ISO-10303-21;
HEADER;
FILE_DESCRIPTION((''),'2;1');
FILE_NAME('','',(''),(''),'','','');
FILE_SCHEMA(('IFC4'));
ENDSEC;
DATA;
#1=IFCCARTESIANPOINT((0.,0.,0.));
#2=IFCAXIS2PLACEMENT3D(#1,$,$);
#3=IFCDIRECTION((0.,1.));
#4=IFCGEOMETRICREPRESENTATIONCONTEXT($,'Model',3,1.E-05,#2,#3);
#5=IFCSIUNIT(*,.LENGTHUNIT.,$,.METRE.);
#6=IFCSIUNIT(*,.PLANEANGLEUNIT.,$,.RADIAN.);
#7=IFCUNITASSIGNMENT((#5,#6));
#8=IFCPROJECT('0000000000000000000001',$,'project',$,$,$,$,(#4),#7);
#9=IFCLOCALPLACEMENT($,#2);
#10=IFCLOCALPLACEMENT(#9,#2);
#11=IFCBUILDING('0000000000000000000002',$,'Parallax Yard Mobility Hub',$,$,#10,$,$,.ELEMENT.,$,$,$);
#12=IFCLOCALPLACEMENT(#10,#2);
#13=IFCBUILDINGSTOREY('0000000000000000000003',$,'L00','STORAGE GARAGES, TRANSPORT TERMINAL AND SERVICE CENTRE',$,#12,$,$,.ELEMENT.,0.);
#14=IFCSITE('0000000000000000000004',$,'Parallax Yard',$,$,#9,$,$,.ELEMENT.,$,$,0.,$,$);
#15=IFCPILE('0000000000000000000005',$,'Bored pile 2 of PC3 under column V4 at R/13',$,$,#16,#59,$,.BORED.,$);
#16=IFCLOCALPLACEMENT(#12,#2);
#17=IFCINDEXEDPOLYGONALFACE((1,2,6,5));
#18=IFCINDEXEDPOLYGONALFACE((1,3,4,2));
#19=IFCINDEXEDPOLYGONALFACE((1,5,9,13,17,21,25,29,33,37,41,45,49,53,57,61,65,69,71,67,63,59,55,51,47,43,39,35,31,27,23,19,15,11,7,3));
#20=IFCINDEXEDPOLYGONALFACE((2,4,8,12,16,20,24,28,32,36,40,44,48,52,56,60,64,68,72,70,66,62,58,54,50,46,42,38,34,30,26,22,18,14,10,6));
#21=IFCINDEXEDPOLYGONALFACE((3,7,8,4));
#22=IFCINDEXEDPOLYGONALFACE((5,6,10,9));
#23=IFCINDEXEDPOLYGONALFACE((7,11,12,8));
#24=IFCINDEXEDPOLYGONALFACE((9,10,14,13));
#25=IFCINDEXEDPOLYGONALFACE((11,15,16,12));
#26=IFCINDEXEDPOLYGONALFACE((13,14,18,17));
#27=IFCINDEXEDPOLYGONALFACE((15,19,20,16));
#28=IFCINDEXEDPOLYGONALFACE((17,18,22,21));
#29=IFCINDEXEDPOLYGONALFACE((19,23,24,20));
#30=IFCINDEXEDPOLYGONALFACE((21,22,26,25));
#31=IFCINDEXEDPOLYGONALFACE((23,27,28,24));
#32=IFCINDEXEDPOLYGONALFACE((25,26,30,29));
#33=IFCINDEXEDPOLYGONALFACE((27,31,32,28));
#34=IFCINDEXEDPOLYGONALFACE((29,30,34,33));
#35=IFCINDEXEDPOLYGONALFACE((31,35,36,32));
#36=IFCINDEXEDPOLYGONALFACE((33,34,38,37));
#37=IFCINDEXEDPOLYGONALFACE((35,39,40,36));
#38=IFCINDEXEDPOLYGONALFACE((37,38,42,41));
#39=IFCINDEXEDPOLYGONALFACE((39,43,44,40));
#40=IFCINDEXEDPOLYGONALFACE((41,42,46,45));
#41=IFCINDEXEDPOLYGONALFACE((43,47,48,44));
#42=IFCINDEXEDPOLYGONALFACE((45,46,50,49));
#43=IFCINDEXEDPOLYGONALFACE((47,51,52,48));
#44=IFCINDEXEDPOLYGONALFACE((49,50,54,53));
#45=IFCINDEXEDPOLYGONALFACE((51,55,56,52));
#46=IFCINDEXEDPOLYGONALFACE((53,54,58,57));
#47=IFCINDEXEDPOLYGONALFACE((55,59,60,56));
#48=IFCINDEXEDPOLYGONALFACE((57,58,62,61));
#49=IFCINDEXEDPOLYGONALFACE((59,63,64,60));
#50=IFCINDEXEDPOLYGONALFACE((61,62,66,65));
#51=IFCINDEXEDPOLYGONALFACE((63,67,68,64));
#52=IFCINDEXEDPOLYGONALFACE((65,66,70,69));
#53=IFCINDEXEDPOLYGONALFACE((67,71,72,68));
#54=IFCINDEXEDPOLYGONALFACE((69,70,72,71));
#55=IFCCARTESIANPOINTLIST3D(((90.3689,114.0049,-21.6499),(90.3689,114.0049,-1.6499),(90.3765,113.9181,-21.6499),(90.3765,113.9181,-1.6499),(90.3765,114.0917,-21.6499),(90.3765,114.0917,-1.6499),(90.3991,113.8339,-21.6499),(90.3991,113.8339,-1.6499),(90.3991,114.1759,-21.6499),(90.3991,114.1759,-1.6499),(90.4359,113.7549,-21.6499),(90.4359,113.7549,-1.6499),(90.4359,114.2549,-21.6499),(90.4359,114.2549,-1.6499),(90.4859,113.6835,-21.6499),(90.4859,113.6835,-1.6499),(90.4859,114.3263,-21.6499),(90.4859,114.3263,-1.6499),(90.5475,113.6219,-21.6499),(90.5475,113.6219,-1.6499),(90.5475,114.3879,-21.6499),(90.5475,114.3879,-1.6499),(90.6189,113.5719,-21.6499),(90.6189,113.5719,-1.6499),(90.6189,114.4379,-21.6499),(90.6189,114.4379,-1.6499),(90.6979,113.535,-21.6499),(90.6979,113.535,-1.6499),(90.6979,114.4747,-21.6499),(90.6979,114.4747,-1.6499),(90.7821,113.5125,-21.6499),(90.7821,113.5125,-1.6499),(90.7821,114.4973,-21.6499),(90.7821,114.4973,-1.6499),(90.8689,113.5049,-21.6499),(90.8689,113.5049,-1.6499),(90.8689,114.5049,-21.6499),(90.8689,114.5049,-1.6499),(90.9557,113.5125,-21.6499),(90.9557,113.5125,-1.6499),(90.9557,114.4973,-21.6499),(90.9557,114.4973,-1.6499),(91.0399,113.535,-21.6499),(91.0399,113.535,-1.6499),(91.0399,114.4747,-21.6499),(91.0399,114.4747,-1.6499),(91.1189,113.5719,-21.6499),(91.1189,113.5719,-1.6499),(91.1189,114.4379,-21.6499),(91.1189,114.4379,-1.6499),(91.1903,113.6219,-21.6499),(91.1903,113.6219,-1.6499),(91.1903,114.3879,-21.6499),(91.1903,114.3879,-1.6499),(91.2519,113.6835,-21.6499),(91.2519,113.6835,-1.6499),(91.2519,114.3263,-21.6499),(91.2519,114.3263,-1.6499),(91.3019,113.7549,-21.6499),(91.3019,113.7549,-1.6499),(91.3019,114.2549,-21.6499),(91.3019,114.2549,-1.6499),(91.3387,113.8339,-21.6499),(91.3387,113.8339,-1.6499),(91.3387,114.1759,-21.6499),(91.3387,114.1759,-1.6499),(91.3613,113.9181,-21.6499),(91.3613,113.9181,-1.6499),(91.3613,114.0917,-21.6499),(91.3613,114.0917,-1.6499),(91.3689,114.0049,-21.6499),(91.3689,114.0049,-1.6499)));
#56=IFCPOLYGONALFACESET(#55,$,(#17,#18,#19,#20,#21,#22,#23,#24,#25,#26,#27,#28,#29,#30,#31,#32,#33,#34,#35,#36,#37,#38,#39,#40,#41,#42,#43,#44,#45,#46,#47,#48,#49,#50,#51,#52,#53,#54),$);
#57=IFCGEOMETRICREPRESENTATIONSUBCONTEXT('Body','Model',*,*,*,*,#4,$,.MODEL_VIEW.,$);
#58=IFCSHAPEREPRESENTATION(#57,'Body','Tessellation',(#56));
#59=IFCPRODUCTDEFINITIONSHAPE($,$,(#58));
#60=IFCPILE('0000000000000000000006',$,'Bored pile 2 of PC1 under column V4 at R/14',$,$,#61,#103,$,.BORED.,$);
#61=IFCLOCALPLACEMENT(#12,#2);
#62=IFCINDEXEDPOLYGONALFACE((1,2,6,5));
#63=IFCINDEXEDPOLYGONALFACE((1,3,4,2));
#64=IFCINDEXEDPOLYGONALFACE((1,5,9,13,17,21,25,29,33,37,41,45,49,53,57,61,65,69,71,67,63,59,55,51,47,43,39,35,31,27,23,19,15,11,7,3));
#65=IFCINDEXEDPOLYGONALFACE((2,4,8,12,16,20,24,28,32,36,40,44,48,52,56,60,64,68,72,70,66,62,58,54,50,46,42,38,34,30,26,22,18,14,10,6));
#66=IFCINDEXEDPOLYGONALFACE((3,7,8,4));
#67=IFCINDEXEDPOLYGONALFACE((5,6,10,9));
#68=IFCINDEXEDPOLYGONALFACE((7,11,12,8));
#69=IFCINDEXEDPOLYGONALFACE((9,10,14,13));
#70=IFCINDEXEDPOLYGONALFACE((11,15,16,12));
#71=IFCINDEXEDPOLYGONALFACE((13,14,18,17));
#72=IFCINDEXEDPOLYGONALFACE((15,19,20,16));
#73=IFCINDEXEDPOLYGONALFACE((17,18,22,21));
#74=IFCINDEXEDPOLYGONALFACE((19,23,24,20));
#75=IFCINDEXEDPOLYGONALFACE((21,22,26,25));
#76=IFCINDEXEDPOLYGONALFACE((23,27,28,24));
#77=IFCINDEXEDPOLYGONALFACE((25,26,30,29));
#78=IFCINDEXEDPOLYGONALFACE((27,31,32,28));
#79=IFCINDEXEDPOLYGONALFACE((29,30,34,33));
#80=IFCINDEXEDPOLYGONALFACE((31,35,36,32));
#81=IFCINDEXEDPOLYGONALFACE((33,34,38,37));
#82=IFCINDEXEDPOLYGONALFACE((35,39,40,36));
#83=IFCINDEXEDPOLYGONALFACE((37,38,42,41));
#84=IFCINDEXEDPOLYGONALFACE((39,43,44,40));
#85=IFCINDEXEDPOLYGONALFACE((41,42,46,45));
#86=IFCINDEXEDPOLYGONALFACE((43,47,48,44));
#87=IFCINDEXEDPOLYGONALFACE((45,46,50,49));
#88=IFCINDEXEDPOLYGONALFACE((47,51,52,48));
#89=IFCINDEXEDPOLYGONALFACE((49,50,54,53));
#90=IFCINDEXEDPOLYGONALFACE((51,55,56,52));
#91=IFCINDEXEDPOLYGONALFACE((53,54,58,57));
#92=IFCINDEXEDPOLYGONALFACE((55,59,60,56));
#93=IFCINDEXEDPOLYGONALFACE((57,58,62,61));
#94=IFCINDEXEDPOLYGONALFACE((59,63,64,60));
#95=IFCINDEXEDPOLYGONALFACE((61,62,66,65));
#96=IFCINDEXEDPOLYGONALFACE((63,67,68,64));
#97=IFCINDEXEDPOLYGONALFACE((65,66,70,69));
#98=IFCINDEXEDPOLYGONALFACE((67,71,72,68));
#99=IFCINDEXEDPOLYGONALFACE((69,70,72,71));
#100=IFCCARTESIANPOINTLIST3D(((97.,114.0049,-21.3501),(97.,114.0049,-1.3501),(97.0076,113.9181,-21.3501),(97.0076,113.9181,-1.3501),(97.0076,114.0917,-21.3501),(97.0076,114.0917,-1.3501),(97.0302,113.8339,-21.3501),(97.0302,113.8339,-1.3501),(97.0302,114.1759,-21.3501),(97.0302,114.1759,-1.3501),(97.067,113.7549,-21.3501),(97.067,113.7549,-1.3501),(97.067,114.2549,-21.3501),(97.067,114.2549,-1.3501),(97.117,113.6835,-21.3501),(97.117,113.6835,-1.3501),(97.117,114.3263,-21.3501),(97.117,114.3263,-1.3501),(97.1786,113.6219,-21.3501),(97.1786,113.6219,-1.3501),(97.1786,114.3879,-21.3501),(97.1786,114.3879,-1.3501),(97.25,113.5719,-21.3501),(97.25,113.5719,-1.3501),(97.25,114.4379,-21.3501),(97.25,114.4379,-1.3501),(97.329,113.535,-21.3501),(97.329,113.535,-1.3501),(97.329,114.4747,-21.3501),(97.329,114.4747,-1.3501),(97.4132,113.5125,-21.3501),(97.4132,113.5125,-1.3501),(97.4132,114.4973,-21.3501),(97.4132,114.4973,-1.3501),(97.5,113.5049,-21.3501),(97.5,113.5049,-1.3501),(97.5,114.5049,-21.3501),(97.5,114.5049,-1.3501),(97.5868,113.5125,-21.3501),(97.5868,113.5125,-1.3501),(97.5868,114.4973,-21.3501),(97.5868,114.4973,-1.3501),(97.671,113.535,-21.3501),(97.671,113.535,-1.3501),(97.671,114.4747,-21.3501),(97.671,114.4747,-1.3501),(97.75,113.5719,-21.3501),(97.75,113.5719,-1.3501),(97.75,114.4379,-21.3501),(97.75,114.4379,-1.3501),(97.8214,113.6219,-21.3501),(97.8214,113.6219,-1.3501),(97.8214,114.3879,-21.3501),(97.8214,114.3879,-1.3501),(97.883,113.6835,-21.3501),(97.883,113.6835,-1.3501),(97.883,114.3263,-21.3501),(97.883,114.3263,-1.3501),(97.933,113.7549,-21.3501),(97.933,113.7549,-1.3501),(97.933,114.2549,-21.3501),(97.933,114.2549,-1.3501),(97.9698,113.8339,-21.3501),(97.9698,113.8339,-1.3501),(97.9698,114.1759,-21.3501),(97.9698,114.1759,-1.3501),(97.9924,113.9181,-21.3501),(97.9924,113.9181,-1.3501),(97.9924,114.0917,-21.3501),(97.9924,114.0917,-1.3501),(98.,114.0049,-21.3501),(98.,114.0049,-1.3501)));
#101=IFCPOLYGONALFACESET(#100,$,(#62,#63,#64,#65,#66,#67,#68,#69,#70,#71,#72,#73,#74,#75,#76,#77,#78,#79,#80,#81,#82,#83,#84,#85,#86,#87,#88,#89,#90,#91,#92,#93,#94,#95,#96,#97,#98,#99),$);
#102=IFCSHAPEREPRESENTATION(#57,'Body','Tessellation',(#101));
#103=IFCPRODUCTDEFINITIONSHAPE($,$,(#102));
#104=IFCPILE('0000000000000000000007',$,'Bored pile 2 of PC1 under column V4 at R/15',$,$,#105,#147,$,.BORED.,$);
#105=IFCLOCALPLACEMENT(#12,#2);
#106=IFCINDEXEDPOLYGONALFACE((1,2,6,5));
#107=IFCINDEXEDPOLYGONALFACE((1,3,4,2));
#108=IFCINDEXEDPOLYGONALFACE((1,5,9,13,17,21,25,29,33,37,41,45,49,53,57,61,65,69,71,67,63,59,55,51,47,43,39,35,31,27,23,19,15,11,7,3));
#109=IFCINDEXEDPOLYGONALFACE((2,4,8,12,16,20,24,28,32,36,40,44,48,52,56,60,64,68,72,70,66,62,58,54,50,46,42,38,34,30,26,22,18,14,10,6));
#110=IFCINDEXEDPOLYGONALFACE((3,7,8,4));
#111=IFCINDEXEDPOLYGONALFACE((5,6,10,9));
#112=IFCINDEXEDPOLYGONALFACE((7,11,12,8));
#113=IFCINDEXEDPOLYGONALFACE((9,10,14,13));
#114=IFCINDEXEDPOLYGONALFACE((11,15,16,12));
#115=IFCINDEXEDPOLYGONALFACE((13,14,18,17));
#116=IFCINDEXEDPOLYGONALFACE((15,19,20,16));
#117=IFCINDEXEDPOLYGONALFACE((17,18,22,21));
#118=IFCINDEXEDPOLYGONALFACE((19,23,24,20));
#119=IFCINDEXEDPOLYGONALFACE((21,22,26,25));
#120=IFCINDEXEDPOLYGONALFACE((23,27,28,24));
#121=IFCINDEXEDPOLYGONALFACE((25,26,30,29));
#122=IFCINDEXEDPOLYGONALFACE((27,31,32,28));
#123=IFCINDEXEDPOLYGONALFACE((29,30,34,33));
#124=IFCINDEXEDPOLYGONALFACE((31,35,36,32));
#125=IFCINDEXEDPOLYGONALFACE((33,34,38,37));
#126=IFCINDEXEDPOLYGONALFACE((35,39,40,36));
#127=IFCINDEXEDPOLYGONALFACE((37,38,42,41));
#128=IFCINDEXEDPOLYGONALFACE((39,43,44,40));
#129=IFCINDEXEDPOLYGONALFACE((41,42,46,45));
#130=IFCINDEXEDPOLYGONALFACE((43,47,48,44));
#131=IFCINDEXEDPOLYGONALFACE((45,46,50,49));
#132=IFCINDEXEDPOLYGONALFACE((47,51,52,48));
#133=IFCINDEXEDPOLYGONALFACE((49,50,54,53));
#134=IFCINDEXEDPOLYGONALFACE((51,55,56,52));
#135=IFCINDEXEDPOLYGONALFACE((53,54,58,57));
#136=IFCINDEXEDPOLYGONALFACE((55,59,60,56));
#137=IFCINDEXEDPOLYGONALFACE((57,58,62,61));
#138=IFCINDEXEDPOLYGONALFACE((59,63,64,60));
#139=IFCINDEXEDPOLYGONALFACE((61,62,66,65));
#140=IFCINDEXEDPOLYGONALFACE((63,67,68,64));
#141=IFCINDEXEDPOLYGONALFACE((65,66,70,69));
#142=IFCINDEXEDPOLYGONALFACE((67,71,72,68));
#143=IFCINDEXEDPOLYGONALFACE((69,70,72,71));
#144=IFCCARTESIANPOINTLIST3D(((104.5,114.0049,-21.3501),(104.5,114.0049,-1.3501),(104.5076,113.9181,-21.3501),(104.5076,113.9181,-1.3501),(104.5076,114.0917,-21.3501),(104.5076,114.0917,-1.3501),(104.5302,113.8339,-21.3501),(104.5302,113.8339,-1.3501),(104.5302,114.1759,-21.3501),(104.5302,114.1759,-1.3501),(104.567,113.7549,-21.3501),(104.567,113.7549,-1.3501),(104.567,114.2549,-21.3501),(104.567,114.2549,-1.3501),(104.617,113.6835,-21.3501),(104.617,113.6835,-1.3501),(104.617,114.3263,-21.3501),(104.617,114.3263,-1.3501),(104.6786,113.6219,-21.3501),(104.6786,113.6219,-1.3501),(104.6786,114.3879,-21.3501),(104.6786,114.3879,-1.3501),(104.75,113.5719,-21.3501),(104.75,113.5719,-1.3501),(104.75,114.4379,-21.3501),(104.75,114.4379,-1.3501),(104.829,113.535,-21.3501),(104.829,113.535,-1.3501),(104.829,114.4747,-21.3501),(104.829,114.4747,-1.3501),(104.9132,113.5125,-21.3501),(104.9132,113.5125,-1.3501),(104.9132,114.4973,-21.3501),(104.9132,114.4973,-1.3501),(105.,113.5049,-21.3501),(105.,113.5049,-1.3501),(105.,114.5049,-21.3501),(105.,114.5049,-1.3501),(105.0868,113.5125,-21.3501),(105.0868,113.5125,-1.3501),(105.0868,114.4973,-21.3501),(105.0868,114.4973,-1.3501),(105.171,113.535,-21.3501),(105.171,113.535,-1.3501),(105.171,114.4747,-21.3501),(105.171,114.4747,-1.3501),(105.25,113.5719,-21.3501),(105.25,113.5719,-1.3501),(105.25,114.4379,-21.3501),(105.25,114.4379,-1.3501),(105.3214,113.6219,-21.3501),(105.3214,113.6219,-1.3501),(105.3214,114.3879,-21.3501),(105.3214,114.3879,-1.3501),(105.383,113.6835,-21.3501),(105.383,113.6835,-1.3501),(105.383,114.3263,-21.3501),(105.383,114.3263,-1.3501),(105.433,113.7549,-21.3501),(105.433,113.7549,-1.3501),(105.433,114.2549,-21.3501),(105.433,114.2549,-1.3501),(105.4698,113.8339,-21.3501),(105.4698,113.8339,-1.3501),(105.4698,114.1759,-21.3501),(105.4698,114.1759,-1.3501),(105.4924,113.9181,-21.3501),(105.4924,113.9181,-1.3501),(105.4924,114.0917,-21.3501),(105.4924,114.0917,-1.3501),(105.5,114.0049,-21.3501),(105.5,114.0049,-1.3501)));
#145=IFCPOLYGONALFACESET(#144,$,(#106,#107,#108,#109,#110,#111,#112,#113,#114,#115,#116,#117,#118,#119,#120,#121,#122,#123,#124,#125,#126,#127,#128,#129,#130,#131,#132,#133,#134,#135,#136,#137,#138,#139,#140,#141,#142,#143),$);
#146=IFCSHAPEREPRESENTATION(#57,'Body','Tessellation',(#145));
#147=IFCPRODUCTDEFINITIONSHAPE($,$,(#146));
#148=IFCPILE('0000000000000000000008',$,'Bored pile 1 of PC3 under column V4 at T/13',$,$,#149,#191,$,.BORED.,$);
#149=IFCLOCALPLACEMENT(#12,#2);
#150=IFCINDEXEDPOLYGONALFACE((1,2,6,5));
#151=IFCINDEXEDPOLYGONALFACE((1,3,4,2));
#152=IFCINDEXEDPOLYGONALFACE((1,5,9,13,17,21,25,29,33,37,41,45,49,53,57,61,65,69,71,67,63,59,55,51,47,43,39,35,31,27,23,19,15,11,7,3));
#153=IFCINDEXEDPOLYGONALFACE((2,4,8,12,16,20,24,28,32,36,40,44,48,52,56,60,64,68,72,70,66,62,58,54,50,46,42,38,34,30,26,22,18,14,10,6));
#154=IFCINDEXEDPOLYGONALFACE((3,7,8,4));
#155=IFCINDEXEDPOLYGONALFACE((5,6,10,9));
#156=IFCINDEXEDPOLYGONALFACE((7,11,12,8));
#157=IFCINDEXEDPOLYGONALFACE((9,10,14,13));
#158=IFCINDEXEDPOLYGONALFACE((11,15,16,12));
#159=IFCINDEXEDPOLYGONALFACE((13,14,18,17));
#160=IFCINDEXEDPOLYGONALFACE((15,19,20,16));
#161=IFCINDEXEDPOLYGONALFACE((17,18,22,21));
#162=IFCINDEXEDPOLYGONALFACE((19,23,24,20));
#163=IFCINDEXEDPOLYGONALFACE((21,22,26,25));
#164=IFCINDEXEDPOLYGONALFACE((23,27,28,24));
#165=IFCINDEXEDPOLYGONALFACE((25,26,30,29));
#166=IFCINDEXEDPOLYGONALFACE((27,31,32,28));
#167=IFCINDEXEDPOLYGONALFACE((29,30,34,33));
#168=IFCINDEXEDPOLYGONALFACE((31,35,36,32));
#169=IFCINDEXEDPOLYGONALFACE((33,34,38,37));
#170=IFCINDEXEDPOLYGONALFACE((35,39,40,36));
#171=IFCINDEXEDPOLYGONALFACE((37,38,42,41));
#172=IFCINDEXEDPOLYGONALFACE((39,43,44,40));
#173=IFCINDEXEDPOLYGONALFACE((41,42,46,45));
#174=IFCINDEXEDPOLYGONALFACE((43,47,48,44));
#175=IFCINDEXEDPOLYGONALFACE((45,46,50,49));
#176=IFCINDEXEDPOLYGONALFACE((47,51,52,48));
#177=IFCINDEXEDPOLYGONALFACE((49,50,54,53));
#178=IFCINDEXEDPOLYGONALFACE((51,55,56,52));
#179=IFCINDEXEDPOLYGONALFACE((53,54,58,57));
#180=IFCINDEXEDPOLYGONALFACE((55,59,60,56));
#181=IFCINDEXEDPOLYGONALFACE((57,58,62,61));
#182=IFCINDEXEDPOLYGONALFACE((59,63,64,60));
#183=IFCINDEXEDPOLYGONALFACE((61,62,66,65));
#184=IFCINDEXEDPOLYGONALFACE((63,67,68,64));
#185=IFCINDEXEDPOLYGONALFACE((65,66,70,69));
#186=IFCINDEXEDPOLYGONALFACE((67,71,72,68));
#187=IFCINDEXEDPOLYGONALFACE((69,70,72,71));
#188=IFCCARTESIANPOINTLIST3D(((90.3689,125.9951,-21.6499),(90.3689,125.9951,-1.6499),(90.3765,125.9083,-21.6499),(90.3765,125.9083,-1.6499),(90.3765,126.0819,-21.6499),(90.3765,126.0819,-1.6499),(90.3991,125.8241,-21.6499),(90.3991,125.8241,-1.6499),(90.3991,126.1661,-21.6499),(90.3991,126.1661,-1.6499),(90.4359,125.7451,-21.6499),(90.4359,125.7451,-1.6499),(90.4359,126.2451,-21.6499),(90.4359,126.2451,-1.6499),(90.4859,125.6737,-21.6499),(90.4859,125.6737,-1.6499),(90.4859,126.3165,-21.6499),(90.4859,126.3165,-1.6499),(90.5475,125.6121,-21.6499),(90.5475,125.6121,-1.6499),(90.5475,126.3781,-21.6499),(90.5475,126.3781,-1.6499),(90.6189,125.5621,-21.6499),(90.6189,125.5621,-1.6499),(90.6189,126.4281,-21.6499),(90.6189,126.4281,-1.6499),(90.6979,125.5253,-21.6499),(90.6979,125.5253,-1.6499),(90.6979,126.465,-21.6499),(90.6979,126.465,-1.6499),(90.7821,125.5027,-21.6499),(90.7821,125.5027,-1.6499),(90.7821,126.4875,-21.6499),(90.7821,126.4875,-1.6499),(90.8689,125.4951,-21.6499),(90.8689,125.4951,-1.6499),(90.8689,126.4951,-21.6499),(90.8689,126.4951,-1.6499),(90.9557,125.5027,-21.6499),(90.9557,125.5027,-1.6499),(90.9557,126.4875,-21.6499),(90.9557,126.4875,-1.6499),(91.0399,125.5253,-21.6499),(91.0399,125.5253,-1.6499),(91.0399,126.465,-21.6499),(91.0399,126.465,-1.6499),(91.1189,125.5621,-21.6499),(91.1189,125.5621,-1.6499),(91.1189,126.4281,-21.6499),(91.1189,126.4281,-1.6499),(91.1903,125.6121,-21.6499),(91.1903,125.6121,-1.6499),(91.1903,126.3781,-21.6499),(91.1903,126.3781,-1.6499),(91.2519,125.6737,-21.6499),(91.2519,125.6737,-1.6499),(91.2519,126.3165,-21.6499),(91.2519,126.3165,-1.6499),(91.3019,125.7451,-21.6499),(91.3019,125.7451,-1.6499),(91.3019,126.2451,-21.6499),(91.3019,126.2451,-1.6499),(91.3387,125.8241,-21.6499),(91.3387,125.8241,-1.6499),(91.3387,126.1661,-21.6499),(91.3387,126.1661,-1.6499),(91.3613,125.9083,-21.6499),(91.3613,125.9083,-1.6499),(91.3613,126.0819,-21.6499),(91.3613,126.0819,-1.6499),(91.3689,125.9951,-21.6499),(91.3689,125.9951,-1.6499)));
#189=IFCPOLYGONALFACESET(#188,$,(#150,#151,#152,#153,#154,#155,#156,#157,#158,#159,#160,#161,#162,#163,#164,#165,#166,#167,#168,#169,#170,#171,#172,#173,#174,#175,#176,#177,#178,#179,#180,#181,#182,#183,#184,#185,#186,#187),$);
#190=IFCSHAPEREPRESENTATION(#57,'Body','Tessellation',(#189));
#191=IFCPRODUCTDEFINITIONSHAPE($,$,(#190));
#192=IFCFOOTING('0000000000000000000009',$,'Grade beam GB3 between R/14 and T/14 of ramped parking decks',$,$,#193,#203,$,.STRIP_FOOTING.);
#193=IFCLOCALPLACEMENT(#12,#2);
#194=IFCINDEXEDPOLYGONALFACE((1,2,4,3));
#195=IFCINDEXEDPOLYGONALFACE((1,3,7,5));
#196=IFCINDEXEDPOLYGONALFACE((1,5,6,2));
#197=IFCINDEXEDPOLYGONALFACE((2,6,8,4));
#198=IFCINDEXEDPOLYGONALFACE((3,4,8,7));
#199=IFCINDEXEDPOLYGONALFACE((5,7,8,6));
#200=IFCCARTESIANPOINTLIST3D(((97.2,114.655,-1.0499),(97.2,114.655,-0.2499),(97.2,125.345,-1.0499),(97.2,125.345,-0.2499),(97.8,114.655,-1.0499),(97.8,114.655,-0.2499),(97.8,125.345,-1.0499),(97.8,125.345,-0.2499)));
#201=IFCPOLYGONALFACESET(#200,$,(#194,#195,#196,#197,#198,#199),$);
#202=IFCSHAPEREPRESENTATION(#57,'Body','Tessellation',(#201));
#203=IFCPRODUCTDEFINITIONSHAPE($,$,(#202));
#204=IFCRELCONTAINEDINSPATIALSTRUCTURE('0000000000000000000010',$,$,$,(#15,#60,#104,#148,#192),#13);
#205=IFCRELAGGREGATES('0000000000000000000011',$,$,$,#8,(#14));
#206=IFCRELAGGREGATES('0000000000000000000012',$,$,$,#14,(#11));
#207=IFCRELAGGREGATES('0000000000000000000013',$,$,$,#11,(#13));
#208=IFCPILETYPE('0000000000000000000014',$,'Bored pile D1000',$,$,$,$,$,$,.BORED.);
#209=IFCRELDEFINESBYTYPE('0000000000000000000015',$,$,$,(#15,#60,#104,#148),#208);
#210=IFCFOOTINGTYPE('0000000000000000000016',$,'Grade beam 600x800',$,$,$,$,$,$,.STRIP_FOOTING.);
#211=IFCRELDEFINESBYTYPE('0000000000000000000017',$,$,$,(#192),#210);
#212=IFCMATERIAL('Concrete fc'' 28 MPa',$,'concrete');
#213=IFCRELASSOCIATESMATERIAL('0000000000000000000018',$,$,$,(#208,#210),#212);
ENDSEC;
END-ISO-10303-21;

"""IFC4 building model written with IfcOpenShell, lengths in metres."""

from ifc_helpers import new_model, si_unit, direction, frame, origin, origin_2d, place, context, subcontext, project, spatial, rectangle, circle, extrude, material, material_profile, profile_set, type_object, element, save


model = new_model("IFC4")

# Units and contexts
model_context = context("Model", 3, precision=1e-05, world=origin(), true_north=direction((0.0, 1.0)))
body_context = subcontext(model_context, "Body", "Model", "MODEL_VIEW")
ifc_project = project(units=[si_unit("LENGTHUNIT", "METRE"), si_unit("PLANEANGLEUNIT", "RADIAN")], contexts=[model_context])

# Site, building, storey
site_placement = place(None, origin())
site = spatial("IfcSite", under=ifc_project, at=site_placement, Name="Parallax Yard", CompositionType="ELEMENT", RefElevation=0.0)
building_placement = place(site_placement, origin())
building = spatial("IfcBuilding", under=site, at=building_placement, Name="Parallax Yard Mobility Hub", CompositionType="ELEMENT")
storey_placement = place(building_placement, origin())
storey = spatial("IfcBuildingStorey", under=building, at=storey_placement, Name="L00", Description="STORAGE GARAGES, TRANSPORT TERMINAL AND SERVICE CENTRE", CompositionType="ELEMENT", Elevation=0.0)

# Piles
ifc_material_1 = material(Name="Concrete fc' 28 MPa", Category="concrete")
ifc_material_profile_1 = material_profile(ifc_material_1, circle(Radius=0.5, at=origin_2d()), Name="Bored pile D1000")
ifc_profile_set_1 = profile_set([ifc_material_profile_1], Name="Concrete fc' 28 MPa")
pile_type = type_object("IfcPileType", Name="Bored pile D1000", PredefinedType="BORED", material=ifc_profile_set_1)
for number, where, z_axis, x_axis, name in (
    (1, (90.8689, 114.0049, -1.6499), (0.0, 0.0, -1.0), (1.0, 0.0, 0.0), "Bored pile 2 of PC3 under column V4 at R/13"),
    (2, (97.5, 114.0049, -1.3501), (0.0, 0.0, -1.0), (1.0, 0.0, 0.0), "Bored pile 2 of PC1 under column V4 at R/14"),
    (3, (105.0, 114.0049, -1.3501), (0.0, 0.0, -1.0), (1.0, 0.0, 0.0), "Bored pile 2 of PC1 under column V4 at R/15"),
    (4, (90.8689, 125.9951, -1.6499), (0.0, 0.0, -1.0), (1.0, 0.0, 0.0), "Bored pile 1 of PC3 under column V4 at T/13"),
):
    element("IfcPile", number, at=place(storey_placement, frame(where, z_axis=z_axis, x_axis=x_axis)), inside=storey, type_object=pile_type, Name=name, PredefinedType="BORED", context=body_context, shape_type="SweptSolid", body=[
        extrude(circle(Radius=0.5, at=origin_2d()), origin(), (0.0, 0.0, 1.0), 20.0),
    ])

# Footing
ifc_material_profile_2 = material_profile(ifc_material_1, rectangle(XDim=0.6001, YDim=0.8, at=origin_2d()), Name="Grade beam 600x800")
ifc_profile_set_2 = profile_set([ifc_material_profile_2], Name="Concrete fc' 28 MPa")
footing_type = type_object("IfcFootingType", Name="Grade beam 600x800", PredefinedType="STRIP_FOOTING", material=ifc_profile_set_2)
for number, where, z_axis, x_axis, name in (
    (5, (97.5, 114.655, -0.6499), (0.0, 1.0, 0.0), (-1.0, 0.0, 0.0), "Grade beam GB3 between R/14 and T/14 of ramped parking decks"),
):
    element("IfcFooting", number, at=place(storey_placement, frame(where, z_axis=z_axis, x_axis=x_axis)), inside=storey, type_object=footing_type, Name=name, PredefinedType="STRIP_FOOTING", context=body_context, shape_type="SweptSolid", body=[
        extrude(rectangle(XDim=0.6001, YDim=0.8, at=origin_2d()), origin(), (0.0, 0.0, 1.0), 10.6899),
    ])

save(model, "model.ifc")
